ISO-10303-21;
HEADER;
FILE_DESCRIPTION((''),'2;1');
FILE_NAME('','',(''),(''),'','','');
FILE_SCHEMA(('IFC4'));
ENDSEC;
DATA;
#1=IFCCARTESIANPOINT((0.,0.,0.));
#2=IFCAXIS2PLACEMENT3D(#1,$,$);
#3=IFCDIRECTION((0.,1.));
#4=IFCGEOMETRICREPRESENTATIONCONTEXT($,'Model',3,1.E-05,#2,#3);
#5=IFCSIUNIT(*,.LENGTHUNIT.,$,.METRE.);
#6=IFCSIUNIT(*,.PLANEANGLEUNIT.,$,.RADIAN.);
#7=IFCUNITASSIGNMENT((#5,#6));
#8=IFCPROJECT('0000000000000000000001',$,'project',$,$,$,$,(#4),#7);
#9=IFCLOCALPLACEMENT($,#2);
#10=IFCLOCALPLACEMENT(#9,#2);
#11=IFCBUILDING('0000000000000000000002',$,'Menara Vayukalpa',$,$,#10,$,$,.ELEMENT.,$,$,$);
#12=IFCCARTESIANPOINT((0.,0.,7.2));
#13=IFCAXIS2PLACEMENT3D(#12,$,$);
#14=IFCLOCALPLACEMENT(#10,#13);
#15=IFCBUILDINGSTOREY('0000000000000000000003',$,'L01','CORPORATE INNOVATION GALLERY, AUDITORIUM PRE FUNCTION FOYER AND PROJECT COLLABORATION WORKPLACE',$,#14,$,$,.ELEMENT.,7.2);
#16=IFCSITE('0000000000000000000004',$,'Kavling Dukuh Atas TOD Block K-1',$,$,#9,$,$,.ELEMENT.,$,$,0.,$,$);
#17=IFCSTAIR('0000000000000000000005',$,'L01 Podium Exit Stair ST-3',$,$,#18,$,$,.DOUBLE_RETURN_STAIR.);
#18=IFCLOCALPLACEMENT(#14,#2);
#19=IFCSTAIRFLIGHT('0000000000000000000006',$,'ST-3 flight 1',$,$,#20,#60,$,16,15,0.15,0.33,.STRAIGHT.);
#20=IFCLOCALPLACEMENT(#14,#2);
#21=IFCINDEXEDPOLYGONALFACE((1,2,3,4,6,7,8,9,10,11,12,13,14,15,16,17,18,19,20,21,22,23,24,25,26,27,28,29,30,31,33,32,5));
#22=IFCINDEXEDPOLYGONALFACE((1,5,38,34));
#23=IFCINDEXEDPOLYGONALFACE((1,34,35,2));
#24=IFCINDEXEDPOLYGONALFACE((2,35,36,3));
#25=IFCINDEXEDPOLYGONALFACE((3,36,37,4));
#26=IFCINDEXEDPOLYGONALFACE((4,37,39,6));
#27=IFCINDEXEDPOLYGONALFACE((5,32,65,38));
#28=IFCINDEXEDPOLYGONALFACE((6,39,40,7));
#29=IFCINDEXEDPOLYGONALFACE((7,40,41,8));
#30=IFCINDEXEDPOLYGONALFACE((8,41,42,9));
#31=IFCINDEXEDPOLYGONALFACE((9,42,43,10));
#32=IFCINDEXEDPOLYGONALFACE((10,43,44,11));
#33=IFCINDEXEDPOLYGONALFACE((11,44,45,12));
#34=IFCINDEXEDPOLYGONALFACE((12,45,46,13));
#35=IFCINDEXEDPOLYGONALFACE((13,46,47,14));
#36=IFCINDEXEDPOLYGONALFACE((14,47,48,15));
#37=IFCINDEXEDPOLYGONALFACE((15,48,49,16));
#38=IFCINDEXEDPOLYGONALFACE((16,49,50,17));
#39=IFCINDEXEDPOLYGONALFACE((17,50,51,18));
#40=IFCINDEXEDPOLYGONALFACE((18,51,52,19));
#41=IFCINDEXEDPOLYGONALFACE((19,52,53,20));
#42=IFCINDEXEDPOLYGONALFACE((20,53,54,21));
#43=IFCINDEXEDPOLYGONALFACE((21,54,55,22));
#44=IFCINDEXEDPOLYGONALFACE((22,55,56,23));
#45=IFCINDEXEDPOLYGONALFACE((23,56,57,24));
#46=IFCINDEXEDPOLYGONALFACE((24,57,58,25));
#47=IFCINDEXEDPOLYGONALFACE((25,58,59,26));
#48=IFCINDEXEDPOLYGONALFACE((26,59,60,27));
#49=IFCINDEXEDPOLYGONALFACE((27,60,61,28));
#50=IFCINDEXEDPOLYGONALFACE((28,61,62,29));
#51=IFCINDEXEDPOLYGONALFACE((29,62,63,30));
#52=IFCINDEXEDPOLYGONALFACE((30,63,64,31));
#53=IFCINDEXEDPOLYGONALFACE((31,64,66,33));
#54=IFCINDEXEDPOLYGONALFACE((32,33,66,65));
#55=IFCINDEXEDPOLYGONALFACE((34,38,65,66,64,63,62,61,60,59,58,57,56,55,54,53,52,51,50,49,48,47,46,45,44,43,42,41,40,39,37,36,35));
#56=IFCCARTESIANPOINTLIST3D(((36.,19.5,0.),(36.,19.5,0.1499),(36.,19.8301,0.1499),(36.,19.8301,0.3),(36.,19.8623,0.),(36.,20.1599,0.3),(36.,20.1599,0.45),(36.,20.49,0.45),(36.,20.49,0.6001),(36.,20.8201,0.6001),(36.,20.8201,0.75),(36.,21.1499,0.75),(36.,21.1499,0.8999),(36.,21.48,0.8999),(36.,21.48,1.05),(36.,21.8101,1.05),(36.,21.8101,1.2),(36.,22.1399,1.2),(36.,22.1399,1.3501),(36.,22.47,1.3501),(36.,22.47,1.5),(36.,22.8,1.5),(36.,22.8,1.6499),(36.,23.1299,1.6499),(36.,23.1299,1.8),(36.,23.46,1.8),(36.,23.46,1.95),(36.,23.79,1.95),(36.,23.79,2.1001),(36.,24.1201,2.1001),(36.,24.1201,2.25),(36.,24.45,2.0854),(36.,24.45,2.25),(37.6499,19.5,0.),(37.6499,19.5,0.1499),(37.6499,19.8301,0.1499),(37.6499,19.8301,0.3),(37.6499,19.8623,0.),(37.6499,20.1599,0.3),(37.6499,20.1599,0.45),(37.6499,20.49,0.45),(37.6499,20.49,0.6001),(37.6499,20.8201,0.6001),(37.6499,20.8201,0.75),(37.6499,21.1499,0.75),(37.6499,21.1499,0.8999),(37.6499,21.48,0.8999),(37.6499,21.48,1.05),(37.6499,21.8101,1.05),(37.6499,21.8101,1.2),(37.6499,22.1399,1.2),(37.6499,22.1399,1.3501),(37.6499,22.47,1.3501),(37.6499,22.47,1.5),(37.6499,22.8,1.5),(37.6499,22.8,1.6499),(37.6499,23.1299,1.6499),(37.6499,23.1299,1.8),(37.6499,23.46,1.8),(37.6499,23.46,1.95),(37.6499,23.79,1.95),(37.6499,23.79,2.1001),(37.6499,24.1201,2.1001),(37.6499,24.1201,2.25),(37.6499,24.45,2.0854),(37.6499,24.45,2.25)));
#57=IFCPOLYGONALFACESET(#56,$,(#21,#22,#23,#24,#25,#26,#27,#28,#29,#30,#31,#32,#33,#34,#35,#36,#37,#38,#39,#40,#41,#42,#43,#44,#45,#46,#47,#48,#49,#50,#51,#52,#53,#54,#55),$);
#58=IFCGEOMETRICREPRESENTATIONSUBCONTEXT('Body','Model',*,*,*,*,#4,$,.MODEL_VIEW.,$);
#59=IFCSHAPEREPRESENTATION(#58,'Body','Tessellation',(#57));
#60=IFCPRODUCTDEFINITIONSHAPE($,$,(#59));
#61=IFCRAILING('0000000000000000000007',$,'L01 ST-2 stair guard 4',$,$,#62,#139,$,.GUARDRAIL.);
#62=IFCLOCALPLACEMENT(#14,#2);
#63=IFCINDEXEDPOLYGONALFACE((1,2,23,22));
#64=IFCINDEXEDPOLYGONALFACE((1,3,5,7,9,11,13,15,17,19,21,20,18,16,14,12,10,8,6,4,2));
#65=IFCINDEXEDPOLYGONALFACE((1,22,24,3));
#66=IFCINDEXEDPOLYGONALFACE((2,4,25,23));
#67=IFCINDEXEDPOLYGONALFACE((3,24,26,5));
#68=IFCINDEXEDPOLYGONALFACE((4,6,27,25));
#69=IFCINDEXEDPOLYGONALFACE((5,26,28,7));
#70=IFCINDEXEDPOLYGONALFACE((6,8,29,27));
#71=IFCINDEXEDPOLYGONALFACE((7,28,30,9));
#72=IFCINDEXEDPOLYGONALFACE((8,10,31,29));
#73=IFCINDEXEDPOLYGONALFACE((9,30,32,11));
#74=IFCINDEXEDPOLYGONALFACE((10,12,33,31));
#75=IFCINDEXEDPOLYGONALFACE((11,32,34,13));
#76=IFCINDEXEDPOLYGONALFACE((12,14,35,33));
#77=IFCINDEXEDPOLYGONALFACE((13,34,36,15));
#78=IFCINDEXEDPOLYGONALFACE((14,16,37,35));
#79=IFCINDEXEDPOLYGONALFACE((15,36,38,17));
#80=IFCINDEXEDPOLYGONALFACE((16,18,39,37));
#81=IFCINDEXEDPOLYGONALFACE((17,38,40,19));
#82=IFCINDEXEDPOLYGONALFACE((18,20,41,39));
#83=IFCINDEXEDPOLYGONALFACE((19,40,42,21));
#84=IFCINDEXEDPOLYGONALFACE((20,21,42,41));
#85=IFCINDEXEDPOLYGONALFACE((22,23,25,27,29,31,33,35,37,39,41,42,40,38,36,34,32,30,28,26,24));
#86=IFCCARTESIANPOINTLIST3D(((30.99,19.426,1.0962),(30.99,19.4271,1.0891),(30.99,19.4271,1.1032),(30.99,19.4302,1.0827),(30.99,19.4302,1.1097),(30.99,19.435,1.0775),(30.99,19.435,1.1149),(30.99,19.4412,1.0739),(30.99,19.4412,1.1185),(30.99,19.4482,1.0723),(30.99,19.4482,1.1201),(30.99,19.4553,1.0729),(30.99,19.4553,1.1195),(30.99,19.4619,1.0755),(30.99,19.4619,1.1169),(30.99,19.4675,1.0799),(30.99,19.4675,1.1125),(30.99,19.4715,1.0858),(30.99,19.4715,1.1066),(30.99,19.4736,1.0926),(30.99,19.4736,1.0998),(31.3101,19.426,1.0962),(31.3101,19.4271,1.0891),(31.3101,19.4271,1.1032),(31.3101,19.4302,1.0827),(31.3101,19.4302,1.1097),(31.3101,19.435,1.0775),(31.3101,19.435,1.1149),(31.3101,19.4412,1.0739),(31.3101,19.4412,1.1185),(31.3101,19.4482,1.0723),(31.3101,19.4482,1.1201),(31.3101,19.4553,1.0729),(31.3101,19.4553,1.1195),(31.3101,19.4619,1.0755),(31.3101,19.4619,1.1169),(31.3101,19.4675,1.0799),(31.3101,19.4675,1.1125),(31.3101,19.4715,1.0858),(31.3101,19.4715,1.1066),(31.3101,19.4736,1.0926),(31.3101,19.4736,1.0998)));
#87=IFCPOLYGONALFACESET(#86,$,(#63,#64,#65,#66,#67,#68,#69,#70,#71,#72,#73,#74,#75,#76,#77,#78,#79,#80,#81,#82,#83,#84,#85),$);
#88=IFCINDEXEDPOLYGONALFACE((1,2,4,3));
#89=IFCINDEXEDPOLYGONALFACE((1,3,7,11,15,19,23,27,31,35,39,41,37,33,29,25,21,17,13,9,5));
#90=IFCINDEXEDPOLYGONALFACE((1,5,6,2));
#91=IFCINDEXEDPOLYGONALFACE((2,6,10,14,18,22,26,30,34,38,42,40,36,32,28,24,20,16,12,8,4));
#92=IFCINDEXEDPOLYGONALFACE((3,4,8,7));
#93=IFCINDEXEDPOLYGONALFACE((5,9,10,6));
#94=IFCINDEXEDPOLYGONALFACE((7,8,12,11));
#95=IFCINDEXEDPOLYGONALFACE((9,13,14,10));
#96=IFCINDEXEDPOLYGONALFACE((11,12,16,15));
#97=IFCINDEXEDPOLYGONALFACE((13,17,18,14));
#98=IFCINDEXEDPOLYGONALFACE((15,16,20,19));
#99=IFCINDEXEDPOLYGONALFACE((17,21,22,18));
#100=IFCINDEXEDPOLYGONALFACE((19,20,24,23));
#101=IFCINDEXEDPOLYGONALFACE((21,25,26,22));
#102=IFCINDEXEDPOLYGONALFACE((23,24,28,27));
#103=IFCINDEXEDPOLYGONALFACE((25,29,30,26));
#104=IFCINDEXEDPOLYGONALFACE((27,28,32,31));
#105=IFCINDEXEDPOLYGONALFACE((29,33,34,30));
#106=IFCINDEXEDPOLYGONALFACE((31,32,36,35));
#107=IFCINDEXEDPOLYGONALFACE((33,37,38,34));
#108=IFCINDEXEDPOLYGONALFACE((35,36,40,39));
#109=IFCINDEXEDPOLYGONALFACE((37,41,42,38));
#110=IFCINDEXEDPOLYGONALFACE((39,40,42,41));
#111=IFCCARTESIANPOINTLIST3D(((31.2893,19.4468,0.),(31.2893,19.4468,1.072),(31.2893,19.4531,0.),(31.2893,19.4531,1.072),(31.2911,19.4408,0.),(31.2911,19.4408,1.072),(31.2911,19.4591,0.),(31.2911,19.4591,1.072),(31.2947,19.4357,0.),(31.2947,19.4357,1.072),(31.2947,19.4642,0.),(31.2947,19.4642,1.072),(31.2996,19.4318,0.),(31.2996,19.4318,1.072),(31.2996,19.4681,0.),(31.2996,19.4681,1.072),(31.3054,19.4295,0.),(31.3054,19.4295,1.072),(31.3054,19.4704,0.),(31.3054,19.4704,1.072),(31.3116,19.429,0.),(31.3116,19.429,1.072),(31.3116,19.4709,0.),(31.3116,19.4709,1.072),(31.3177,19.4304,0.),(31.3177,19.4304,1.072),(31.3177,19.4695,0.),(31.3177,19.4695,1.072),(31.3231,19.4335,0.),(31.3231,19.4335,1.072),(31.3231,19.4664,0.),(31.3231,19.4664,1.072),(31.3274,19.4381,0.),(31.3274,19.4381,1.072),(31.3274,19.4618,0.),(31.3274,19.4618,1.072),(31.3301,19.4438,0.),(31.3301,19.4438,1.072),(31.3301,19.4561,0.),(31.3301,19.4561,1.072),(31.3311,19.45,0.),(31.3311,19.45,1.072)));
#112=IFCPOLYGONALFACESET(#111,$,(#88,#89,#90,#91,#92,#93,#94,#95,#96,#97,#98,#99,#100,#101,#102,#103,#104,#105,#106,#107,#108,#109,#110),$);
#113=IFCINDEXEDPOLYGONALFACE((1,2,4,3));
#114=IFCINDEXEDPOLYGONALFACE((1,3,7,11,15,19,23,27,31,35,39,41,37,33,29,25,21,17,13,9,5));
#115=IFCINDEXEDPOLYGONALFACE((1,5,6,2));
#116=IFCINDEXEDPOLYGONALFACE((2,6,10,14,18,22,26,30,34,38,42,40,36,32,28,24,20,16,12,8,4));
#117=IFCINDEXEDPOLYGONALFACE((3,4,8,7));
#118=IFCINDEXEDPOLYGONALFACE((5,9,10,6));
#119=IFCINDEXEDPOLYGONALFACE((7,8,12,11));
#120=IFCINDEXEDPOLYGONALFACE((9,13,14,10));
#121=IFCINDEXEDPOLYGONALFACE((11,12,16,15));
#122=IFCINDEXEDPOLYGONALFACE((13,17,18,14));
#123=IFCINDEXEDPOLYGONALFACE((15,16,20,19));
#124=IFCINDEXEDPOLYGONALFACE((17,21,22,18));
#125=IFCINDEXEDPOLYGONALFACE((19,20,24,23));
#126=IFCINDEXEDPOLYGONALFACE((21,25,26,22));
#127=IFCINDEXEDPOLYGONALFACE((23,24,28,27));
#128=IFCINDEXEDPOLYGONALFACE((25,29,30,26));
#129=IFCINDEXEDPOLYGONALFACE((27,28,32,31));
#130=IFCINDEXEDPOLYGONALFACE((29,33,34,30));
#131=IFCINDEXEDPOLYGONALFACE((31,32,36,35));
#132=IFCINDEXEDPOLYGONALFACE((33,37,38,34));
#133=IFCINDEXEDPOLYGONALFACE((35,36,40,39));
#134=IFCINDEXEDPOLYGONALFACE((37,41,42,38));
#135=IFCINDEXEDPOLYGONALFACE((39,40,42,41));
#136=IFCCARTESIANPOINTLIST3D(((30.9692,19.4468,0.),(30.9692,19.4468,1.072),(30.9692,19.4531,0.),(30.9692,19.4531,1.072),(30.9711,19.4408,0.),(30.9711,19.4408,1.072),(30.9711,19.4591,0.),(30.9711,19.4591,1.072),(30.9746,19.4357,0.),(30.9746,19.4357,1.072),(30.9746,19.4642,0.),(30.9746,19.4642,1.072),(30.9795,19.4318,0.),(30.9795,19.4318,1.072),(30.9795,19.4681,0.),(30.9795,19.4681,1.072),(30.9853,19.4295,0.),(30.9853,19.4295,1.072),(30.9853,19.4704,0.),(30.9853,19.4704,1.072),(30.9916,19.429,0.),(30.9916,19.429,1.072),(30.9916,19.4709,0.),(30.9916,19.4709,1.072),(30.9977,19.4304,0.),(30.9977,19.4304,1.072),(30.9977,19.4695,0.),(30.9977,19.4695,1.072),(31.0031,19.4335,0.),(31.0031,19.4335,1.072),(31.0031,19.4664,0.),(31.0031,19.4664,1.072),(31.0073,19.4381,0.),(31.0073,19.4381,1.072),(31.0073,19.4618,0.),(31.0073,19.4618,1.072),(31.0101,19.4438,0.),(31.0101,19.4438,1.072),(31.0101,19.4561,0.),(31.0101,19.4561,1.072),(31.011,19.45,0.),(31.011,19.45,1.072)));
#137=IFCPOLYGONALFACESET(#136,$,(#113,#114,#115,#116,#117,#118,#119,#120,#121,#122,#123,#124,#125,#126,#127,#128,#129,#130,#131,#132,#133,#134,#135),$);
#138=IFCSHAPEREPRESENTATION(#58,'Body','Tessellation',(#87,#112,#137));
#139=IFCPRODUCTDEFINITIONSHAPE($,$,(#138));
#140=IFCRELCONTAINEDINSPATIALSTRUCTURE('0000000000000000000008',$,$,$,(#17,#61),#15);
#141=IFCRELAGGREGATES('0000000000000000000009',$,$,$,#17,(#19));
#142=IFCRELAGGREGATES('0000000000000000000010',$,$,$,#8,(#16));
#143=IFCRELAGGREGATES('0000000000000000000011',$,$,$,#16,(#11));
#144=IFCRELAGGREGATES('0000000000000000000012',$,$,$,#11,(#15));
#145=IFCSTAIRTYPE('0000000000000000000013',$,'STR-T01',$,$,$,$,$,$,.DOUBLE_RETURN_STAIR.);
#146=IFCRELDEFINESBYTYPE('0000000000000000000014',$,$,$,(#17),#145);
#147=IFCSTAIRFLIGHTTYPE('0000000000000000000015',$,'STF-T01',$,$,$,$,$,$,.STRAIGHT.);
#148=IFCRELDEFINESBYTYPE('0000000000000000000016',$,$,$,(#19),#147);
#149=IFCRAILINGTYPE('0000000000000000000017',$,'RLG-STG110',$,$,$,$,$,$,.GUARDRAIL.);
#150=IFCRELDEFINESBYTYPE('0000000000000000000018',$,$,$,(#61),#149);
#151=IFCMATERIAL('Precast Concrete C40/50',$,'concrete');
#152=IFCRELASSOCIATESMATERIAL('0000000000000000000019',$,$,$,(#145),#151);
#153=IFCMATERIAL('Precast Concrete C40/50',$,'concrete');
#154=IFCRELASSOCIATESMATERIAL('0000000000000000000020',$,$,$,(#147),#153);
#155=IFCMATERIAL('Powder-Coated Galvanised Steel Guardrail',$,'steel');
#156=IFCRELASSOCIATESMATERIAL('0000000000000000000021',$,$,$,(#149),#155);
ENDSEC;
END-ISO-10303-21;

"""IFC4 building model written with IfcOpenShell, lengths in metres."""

from ifc_helpers import new_model, si_unit, direction, frame, origin, origin_2d, place, context, subcontext, project, spatial, polyline, circle, outline, extrude, material, type_object, element, aggregate, save


model = new_model("IFC4")

# Units and contexts
model_context = context("Model", 3, precision=1e-05, world=origin(), true_north=direction((0.0, 1.0)))
body_context = subcontext(model_context, "Body", "Model", "MODEL_VIEW")
ifc_project = project(units=[si_unit("LENGTHUNIT", "METRE"), si_unit("PLANEANGLEUNIT", "RADIAN")], contexts=[model_context])

# Site, building, storey
site_placement = place(None, origin())
site = spatial("IfcSite", under=ifc_project, at=site_placement, Name="Kavling Dukuh Atas TOD Block K-1", CompositionType="ELEMENT", RefElevation=0.0)
building_placement = place(site_placement, origin())
building = spatial("IfcBuilding", under=site, at=building_placement, Name="Menara Vayukalpa", CompositionType="ELEMENT")
storey_placement = place(building_placement, frame((0.0, 0.0, 7.2)))
storey = spatial("IfcBuildingStorey", under=building, at=storey_placement, Name="L01", Description="CORPORATE INNOVATION GALLERY, AUDITORIUM PRE FUNCTION FOYER AND PROJECT COLLABORATION WORKPLACE", CompositionType="ELEMENT", Elevation=7.2)

# Stair, stair flight
ifc_material_1 = material(Name="Precast Concrete C40/50", Category="concrete")
stair_type = type_object("IfcStairType", Name="STR-T01", PredefinedType="DOUBLE_RETURN_STAIR", material=ifc_material_1)
ifc_material_2 = material(Name="Precast Concrete C40/50", Category="concrete")
stair_flight_type = type_object("IfcStairFlightType", Name="STF-T01", PredefinedType="STRAIGHT", material=ifc_material_2)
stair_1_placement = place(storey_placement, origin())
stair_1 = element("IfcStair", 1, at=stair_1_placement, inside=storey, type_object=stair_type, Name="L01 Podium Exit Stair ST-3", PredefinedType="DOUBLE_RETURN_STAIR")
stair_flight_1_placement = place(storey_placement, frame((36.825, 19.5, 0.0), z_axis=(0.0, 0.0, 1.0), x_axis=(0.0, 1.0, 0.0)))
stair_flight_1 = element("IfcStairFlight", 2, at=stair_flight_1_placement, type_object=stair_flight_type, Name="ST-3 flight 1", NumberOfRisers=16, NumberOfTreads=15, PredefinedType="STRAIGHT", RiserHeight=0.15, TreadLength=0.33, context=body_context, shape_type="SweptSolid", body=[
    extrude(outline(polyline([(0.0, 0.0), (0.0, 0.1499), (0.3301, 0.1499), (0.3301, 0.3), (0.6599, 0.3), (0.6599, 0.45), (0.99, 0.45), (0.99, 0.6001), (1.3201, 0.6001), (1.3201, 0.75), (1.6499, 0.75), (1.6499, 0.8999), (1.98, 0.8999), (1.98, 1.05), (2.3101, 1.05), (2.3101, 1.2), (2.6399, 1.2), (2.6399, 1.3501), (2.97, 1.3501), (2.97, 1.5), (3.3, 1.5), (3.3, 1.6499), (3.6299, 1.6499), (3.6299, 1.8), (3.96, 1.8), (3.96, 1.95), (4.29, 1.95), (4.29, 2.1001), (4.6201, 2.1001), (4.6201, 2.25), (4.95, 2.25), (4.95, 2.3999), (4.95, 2.0854), (0.3623, 0.0), (0.0, 0.0)])), frame((0.0, 0.825, 0.0), z_axis=(0.0, -1.0, 0.0), x_axis=(1.0, 0.0, 0.0)), (0.0, 0.0, 1.0), 1.6499),
])
aggregate(stair_1, [stair_flight_1])

# Railing
ifc_material_3 = material(Name="Powder-Coated Galvanised Steel Guardrail", Category="steel")
railing_type_1 = type_object("IfcRailingType", Name="RLG-STG110", PredefinedType="GUARDRAIL", material=ifc_material_3)
railing_1_placement = place(storey_placement, frame((31.3101, 19.45, 0.0)))
element("IfcRailing", 3, at=railing_1_placement, inside=storey, type_object=railing_type_1, Name="L01 ST-2 stair guard 4", PredefinedType="GUARDRAIL", context=body_context, shape_type="SweptSolid", body=[
    extrude(circle(Radius=0.0239, at=origin_2d()), frame((0.0, 0.0, 1.0962), z_axis=(-1.0, 0.0, 0.0), x_axis=(0.0, -1.0, 0.0)), (0.0, 0.0, 1.0), 0.3201),
    extrude(circle(Radius=0.021, at=origin_2d()), origin(), (0.0, 0.0, 1.0), 1.072),
    extrude(circle(Radius=0.021, at=origin_2d()), frame((-0.3201, 0.0, 0.0)), (0.0, 0.0, 1.0), 1.072),
])

save(model, "model.ifc")
